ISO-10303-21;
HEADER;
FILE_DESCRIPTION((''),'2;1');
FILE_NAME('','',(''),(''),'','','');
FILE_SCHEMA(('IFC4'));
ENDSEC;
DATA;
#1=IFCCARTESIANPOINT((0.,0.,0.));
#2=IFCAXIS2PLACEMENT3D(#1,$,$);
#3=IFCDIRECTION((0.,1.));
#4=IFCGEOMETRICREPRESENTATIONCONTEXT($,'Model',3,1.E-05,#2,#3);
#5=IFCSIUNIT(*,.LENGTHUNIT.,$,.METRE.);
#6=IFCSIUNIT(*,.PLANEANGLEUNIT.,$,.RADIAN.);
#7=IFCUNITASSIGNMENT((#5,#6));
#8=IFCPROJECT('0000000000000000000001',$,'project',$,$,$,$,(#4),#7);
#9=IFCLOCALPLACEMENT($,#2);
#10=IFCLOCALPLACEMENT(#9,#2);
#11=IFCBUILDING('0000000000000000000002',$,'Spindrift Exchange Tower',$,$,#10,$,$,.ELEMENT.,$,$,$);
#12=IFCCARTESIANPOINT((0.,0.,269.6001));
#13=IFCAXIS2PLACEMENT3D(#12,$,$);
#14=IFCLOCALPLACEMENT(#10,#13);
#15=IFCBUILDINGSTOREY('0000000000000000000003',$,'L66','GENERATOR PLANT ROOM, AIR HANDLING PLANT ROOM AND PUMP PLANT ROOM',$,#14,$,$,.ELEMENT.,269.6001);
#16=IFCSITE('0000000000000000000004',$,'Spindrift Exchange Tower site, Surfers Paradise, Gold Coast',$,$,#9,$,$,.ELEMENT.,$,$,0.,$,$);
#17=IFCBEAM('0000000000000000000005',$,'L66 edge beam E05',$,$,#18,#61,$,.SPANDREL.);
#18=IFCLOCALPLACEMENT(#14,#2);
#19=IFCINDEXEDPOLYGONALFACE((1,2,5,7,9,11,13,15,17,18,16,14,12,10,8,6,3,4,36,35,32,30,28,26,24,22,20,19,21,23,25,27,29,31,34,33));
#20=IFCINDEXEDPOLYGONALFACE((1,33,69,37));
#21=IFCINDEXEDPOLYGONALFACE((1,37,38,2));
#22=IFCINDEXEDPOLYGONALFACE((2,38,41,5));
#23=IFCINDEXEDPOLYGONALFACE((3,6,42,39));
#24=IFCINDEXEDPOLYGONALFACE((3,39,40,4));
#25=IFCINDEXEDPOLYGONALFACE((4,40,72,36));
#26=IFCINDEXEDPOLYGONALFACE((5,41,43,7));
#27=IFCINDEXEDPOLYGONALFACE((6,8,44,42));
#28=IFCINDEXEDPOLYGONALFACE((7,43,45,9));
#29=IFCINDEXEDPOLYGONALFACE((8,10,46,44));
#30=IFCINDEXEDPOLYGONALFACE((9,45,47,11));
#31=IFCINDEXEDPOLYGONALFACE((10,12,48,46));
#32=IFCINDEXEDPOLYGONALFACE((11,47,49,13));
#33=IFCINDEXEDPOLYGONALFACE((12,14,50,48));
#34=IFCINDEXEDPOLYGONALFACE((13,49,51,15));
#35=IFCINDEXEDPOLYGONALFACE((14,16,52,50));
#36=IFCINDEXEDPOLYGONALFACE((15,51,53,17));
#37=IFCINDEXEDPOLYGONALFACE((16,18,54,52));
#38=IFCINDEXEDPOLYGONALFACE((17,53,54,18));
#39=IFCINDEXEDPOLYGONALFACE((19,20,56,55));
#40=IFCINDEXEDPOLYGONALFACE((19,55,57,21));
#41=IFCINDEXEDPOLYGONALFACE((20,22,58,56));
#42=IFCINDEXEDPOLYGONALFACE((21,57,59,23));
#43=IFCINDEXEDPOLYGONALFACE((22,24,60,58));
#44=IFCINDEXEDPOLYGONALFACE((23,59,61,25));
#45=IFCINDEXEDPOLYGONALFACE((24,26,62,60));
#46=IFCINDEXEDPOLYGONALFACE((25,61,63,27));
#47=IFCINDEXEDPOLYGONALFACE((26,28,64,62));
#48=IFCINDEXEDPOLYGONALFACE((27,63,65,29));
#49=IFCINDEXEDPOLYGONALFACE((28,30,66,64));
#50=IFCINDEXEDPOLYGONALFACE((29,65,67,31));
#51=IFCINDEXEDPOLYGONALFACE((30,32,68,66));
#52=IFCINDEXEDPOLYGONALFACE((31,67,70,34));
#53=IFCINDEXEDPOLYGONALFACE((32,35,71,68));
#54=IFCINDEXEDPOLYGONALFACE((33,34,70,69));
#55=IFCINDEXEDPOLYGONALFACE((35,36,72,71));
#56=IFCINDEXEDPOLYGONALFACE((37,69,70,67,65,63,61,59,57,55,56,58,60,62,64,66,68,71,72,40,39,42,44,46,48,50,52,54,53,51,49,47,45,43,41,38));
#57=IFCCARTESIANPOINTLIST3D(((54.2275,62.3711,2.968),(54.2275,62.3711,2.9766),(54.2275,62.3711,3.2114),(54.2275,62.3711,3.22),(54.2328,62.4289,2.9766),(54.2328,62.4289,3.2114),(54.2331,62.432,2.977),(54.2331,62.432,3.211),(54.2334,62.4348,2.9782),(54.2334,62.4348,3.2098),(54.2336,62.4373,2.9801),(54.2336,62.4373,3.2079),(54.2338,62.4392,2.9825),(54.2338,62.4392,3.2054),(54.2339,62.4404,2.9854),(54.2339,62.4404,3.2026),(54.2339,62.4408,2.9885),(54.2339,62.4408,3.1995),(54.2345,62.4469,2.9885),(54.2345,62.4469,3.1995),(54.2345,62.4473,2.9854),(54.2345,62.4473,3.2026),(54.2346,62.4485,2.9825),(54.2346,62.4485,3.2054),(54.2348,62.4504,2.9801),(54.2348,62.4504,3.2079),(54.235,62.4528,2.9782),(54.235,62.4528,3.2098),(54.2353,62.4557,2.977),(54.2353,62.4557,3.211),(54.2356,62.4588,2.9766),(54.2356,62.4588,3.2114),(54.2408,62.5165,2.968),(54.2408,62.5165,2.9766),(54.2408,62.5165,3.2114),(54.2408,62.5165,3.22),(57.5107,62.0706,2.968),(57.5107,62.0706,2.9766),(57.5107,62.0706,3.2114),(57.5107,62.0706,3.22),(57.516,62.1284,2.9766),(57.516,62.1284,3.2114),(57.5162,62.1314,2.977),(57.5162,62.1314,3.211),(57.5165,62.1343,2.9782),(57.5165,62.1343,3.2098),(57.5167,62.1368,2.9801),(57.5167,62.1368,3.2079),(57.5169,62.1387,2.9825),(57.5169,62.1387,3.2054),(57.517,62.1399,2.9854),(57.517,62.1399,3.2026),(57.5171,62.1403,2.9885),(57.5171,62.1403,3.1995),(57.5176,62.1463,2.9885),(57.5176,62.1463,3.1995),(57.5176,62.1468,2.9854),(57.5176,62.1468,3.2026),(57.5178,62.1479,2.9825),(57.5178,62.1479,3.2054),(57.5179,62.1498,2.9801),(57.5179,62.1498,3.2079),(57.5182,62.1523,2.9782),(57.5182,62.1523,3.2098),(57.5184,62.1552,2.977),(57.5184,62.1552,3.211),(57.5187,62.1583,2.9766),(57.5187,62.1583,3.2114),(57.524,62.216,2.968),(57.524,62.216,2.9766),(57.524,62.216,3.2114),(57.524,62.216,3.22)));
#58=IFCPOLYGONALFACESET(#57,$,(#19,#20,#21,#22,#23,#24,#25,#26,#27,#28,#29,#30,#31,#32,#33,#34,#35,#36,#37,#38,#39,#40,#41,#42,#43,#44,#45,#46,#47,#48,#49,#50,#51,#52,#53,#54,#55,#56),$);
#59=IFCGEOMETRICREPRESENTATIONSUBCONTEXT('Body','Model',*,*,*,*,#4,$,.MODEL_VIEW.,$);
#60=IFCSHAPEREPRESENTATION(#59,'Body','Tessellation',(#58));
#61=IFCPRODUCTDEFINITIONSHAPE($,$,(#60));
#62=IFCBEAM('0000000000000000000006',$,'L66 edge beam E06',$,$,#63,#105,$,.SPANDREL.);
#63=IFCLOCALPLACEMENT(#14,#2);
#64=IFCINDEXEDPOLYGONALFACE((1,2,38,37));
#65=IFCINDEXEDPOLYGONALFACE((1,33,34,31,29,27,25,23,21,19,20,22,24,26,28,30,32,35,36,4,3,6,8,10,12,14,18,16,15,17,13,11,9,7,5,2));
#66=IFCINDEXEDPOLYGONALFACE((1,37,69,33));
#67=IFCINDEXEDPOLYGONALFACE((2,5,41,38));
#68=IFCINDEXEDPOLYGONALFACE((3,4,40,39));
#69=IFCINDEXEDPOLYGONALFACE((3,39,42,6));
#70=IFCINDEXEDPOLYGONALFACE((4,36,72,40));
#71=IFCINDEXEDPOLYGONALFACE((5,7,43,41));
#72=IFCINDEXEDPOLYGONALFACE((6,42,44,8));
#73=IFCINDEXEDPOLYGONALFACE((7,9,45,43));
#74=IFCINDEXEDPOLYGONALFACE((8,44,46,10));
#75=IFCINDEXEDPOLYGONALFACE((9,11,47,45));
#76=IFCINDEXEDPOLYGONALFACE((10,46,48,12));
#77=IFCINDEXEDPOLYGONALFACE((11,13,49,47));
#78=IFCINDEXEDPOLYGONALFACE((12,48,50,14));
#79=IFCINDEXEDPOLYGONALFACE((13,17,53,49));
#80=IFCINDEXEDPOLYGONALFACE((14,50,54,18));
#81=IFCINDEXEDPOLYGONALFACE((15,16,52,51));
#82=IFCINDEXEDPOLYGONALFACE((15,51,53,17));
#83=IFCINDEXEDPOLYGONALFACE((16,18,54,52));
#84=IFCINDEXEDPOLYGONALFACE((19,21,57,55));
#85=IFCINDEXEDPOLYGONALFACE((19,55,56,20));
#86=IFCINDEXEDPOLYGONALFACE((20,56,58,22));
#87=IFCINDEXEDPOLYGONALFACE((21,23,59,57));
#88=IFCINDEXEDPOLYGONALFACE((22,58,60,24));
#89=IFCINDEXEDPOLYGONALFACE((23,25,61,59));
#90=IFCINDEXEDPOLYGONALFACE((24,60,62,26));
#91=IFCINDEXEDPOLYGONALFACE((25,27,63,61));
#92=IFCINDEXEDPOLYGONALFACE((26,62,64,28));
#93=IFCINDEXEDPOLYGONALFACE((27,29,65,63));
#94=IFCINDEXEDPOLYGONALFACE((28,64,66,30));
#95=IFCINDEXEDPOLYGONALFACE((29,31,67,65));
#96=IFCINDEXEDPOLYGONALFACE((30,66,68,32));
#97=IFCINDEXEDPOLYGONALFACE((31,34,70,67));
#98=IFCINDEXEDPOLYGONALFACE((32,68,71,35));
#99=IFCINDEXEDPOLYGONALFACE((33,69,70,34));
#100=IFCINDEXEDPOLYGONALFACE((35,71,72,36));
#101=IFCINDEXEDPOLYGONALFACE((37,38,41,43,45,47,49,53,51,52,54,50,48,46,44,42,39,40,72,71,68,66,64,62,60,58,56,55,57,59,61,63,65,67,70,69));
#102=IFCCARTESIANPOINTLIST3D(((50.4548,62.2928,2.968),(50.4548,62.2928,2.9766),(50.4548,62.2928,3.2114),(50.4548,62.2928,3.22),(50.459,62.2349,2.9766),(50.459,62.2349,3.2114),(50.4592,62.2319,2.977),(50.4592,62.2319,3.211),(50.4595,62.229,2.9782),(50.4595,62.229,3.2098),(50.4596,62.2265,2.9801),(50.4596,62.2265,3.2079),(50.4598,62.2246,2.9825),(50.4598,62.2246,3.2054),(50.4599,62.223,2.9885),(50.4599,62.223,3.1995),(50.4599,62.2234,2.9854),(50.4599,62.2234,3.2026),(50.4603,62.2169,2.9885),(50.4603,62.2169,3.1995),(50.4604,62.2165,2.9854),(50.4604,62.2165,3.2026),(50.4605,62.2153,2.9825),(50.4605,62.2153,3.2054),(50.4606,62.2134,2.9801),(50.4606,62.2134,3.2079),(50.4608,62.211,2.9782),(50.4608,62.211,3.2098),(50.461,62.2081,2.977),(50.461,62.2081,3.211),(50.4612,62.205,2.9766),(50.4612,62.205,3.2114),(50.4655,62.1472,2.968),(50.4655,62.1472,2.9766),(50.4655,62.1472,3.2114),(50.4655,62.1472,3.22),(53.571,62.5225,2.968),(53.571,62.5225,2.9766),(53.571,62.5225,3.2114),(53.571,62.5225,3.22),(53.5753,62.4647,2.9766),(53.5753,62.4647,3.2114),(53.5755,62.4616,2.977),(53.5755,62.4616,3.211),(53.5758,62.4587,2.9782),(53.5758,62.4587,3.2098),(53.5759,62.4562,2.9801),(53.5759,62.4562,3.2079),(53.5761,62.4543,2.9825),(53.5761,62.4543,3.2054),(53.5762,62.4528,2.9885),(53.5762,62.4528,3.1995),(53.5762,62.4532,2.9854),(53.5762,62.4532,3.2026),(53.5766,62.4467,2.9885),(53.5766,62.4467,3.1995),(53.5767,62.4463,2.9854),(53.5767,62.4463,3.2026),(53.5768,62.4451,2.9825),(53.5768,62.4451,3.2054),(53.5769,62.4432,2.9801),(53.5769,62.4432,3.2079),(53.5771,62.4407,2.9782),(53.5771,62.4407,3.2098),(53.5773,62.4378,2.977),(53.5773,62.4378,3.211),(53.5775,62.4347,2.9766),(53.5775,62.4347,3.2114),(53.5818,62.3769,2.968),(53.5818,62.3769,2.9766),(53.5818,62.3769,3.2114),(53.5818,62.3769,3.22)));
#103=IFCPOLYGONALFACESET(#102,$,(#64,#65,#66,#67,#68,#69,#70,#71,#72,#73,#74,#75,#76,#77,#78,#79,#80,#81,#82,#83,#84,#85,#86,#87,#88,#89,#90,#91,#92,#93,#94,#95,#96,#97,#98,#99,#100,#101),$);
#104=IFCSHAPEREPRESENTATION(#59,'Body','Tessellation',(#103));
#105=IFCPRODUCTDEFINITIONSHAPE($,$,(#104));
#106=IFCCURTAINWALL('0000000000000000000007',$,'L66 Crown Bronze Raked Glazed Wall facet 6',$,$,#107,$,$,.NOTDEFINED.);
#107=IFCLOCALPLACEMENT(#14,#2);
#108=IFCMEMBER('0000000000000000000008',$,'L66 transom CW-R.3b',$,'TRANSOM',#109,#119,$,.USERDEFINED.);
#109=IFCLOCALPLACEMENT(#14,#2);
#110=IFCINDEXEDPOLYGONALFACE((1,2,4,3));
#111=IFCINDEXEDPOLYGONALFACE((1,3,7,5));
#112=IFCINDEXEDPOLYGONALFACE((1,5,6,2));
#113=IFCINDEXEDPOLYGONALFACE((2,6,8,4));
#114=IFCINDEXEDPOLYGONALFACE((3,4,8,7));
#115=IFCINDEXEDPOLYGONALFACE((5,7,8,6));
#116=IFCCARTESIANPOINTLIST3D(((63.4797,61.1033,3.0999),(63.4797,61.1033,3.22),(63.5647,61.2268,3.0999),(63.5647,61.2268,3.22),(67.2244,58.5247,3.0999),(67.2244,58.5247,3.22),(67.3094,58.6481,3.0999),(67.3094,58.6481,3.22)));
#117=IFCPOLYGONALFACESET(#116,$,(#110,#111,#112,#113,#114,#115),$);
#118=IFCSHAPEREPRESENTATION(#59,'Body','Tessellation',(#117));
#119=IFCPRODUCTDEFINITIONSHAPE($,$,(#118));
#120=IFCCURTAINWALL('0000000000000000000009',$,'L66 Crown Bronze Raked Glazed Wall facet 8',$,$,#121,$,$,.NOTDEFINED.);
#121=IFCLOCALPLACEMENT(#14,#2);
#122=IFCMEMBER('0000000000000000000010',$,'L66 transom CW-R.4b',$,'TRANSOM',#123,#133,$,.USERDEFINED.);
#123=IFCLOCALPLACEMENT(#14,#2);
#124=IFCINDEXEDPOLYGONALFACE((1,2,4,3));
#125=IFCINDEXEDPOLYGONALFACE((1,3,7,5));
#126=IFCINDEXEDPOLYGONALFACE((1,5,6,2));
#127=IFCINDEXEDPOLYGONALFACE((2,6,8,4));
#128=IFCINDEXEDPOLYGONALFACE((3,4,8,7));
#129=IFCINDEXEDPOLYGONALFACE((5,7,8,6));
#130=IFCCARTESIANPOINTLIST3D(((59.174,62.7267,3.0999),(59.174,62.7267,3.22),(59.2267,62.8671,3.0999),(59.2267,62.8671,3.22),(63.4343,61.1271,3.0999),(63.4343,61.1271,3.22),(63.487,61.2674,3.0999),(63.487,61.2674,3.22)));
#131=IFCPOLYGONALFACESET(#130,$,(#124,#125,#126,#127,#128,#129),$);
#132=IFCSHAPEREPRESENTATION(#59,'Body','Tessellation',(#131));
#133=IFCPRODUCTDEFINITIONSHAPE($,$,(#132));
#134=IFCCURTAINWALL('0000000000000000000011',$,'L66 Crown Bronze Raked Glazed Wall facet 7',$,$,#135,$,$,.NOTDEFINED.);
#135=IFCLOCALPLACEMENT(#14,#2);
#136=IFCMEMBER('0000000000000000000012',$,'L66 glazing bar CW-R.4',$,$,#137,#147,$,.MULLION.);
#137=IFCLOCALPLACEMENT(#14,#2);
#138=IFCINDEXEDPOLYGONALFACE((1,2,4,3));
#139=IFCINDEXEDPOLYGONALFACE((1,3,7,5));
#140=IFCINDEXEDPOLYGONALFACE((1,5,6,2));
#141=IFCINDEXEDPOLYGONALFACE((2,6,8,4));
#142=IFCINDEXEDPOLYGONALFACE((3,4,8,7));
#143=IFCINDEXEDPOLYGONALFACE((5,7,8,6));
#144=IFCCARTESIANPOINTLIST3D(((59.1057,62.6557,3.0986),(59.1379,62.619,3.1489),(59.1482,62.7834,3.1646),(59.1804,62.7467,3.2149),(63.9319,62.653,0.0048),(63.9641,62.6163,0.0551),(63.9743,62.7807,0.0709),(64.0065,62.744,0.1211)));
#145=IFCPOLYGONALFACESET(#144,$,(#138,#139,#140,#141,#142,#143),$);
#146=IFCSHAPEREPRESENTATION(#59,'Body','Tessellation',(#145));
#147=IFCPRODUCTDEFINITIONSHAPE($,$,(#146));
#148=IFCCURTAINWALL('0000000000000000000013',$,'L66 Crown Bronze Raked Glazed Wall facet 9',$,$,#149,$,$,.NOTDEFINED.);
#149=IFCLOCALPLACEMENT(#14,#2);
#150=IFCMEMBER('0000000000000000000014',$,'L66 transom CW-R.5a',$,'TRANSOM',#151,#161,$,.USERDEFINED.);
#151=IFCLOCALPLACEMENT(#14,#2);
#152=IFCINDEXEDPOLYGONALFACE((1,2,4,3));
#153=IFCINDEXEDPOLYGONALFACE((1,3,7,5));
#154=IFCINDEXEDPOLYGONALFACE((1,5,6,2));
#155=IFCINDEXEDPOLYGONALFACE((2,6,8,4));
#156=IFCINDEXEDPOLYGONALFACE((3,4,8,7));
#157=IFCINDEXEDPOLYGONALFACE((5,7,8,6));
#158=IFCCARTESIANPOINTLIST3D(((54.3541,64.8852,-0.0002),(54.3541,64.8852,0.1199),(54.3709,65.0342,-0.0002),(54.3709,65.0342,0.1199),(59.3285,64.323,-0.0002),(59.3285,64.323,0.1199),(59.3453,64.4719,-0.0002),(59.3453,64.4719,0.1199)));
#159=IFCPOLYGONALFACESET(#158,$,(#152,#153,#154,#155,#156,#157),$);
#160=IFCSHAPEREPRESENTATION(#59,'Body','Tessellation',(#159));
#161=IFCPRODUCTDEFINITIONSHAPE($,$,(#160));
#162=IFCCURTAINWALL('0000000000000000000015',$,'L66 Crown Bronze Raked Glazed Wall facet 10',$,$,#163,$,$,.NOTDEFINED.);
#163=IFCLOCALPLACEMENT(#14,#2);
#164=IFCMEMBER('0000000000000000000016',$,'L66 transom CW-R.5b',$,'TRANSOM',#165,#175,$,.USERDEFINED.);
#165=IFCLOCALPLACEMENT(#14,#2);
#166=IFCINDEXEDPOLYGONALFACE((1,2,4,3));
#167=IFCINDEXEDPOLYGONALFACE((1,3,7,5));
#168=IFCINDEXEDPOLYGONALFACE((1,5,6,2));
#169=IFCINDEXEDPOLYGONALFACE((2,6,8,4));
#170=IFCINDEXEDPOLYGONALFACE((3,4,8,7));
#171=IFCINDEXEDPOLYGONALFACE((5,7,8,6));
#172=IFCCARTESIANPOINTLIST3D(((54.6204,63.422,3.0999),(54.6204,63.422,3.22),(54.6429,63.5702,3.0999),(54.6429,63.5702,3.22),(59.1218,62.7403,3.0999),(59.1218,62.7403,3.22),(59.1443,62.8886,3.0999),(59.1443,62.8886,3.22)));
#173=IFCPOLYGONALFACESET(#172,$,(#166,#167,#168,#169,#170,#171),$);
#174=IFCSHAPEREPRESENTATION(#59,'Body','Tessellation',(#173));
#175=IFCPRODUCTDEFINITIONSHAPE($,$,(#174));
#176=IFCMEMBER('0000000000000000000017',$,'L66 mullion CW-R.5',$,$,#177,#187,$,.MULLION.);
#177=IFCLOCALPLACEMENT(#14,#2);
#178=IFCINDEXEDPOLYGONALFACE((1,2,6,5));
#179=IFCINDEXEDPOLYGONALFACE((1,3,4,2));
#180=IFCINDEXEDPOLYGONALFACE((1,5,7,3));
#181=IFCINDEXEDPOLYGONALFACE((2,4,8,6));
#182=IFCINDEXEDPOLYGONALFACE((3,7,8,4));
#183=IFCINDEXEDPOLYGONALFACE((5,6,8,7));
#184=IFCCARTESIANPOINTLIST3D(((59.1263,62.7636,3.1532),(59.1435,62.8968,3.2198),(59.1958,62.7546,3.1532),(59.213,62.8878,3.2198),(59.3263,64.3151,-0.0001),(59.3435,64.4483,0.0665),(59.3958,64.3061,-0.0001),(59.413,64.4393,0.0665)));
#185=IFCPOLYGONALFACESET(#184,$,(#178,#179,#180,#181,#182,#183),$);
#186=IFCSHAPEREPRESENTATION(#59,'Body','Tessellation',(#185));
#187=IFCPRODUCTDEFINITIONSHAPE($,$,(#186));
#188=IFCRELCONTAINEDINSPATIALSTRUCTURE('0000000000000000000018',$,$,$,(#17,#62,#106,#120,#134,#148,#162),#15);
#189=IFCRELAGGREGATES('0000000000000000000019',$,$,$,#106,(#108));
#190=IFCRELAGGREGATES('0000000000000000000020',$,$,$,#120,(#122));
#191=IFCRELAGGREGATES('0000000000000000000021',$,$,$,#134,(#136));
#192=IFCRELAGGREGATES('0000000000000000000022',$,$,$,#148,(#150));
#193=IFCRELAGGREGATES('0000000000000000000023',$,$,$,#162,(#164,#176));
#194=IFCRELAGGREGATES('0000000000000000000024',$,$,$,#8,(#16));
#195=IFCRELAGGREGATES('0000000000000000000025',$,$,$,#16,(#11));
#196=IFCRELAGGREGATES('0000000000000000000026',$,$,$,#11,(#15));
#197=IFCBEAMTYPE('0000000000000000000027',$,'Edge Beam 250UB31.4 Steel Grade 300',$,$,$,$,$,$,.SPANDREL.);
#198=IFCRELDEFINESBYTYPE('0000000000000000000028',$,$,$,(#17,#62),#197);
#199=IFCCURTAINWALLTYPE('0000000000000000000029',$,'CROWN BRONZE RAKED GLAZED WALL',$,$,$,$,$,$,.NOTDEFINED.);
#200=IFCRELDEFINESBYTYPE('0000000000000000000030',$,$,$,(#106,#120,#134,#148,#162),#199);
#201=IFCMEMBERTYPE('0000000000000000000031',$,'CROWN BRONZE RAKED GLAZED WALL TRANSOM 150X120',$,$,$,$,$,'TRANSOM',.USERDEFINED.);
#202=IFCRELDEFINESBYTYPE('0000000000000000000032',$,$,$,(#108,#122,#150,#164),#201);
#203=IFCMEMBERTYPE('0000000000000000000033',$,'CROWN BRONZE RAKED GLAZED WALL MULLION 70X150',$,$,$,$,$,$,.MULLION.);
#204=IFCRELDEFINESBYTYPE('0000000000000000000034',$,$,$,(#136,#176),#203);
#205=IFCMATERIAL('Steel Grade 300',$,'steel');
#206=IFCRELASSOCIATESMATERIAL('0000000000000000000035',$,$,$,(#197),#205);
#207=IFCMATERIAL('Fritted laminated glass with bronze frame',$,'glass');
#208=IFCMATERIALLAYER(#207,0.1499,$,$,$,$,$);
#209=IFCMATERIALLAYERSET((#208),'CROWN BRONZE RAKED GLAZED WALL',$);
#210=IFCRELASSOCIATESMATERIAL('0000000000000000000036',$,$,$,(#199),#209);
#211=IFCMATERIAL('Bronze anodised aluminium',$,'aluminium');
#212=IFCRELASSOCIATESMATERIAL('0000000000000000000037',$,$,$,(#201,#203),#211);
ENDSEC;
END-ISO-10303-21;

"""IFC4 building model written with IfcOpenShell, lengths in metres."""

from ifc_helpers import new_model, si_unit, direction, frame, origin, origin_2d, place, context, subcontext, project, spatial, rectangle, i_section, extrude, source, transform, mapped, material, layer, layer_set, material_profile, profile_set, type_object, element, aggregate, save


model = new_model("IFC4")

# Units and contexts
model_context = context("Model", 3, precision=1e-05, world=origin(), true_north=direction((0.0, 1.0)))
body_context = subcontext(model_context, "Body", "Model", "MODEL_VIEW")
ifc_project = project(units=[si_unit("LENGTHUNIT", "METRE"), si_unit("PLANEANGLEUNIT", "RADIAN")], contexts=[model_context])

# Site, building, storey
site_placement = place(None, origin())
site = spatial("IfcSite", under=ifc_project, at=site_placement, Name="Spindrift Exchange Tower site, Surfers Paradise, Gold Coast", CompositionType="ELEMENT", RefElevation=0.0)
building_placement = place(site_placement, origin())
building = spatial("IfcBuilding", under=site, at=building_placement, Name="Spindrift Exchange Tower", CompositionType="ELEMENT")
storey_placement = place(building_placement, frame((0.0, 0.0, 269.6001)))
storey = spatial("IfcBuildingStorey", under=building, at=storey_placement, Name="L66", Description="GENERATOR PLANT ROOM, AIR HANDLING PLANT ROOM AND PUMP PLANT ROOM", CompositionType="ELEMENT", Elevation=269.6001)

# Beams
ifc_material_1 = material(Name="Steel Grade 300", Category="steel")
ifc_material_profile_1 = material_profile(ifc_material_1, i_section(OverallWidth=0.146, OverallDepth=0.252, WebThickness=0.0061, FlangeThickness=0.0085, FilletRadius=0.012, at=origin_2d()), Name="250UB31.4")
ifc_profile_set_1 = profile_set([ifc_material_profile_1], Name="Steel Grade 300")
beam_type = type_object("IfcBeamType", Name="Edge Beam 250UB31.4 Steel Grade 300", PredefinedType="SPANDREL", material=ifc_profile_set_1)
shared_shape_1 = source(origin(), body_context, "Body", "SweptSolid", [
    extrude(i_section(OverallWidth=0.146, OverallDepth=0.252, WebThickness=0.0061, FlangeThickness=0.0085, FilletRadius=0.012, at=origin_2d()), origin(), (0.0, 0.0, 1.0), 3.2969),
])
beam_1_placement = place(storey_placement, frame((57.5173, 62.1433, 3.094), z_axis=(-0.995837, 0.091157, 0.0), x_axis=(-0.091157, -0.995837, 0.0)))
element("IfcBeam", 1, at=beam_1_placement, inside=storey, type_object=beam_type, Name="L66 edge beam E05", PredefinedType="SPANDREL", context=body_context, shape_type="MappedRepresentation", body=[
    mapped(shared_shape_1, transform((0.0, 0.0, 0.0), scale=1.0)),
])
shared_shape_2 = source(origin(), body_context, "Body", "SweptSolid", [
    extrude(i_section(OverallWidth=0.146, OverallDepth=0.252, WebThickness=0.0061, FlangeThickness=0.0085, FilletRadius=0.012, at=origin_2d()), origin(), (0.0, 0.0, 1.0), 3.1248),
])
beam_2_placement = place(storey_placement, frame((53.5764, 62.4497, 3.094), z_axis=(-0.997293, -0.073523, 0.0), x_axis=(0.073523, -0.997293, 0.0)))
element("IfcBeam", 2, at=beam_2_placement, inside=storey, type_object=beam_type, Name="L66 edge beam E06", PredefinedType="SPANDREL", context=body_context, shape_type="MappedRepresentation", body=[
    mapped(shared_shape_2, transform((0.0, 0.0, 0.0), scale=1.0)),
])

# Curtain walls, members
ifc_material_2 = material(Name="Fritted laminated glass with bronze frame", Category="glass")
ifc_layer_1 = layer(ifc_material_2, 0.1499)
ifc_layer_set_1 = layer_set([ifc_layer_1], Name="CROWN BRONZE RAKED GLAZED WALL")
curtain_wall_type = type_object("IfcCurtainWallType", Name="CROWN BRONZE RAKED GLAZED WALL", PredefinedType="NOTDEFINED", material=ifc_layer_set_1)
curtain_wall_1_placement = place(storey_placement, origin())
curtain_wall_1 = element("IfcCurtainWall", 3, at=curtain_wall_1_placement, inside=storey, type_object=curtain_wall_type, Name="L66 Crown Bronze Raked Glazed Wall facet 6", PredefinedType="NOTDEFINED")
ifc_material_3 = material(Name="Bronze anodised aluminium", Category="aluminium")
ifc_material_profile_2 = material_profile(ifc_material_3, rectangle(XDim=0.1499, YDim=0.1201, at=origin_2d()), Name="CROWN BRONZE RAKED GLAZED WALL TRANSOM 150X120")
ifc_profile_set_2 = profile_set([ifc_material_profile_2], Name="Bronze anodised aluminium")
member_type_1 = type_object("IfcMemberType", Name="CROWN BRONZE RAKED GLAZED WALL TRANSOM 150X120", ElementType="TRANSOM", PredefinedType="USERDEFINED", material=ifc_profile_set_2)
shared_shape_3 = source(origin(), body_context, "Body", "SweptSolid", [
    extrude(rectangle(XDim=0.1499, YDim=0.1201, at=origin_2d()), origin(), (0.0, 0.0, 1.0), 4.5466),
])
member_1_placement = place(storey_placement, frame((63.5222, 61.165, 3.1599), z_axis=(0.823612, -0.567153, 0.0), x_axis=(0.567153, 0.823612, 0.0)))
member_1 = element("IfcMember", 4, at=member_1_placement, type_object=member_type_1, Name="L66 transom CW-R.3b", ObjectType="TRANSOM", PredefinedType="USERDEFINED", context=body_context, shape_type="MappedRepresentation", body=[
    mapped(shared_shape_3, transform((0.0, 0.0, 0.0), scale=1.0)),
])
aggregate(curtain_wall_1, [member_1])
curtain_wall_2_placement = place(storey_placement, origin())
curtain_wall_2 = element("IfcCurtainWall", 5, at=curtain_wall_2_placement, inside=storey, type_object=curtain_wall_type, Name="L66 Crown Bronze Raked Glazed Wall facet 8", PredefinedType="NOTDEFINED")
shared_shape_4 = source(origin(), body_context, "Body", "SweptSolid", [
    extrude(rectangle(XDim=0.1499, YDim=0.1201, at=origin_2d()), origin(), (0.0, 0.0, 1.0), 4.5508),
])
member_2_placement = place(storey_placement, frame((63.4607, 61.1973, 3.1599), z_axis=(-0.936184, 0.351511, 0.0), x_axis=(-0.351511, -0.936184, 0.0)))
member_2 = element("IfcMember", 6, at=member_2_placement, type_object=member_type_1, Name="L66 transom CW-R.4b", ObjectType="TRANSOM", PredefinedType="USERDEFINED", context=body_context, shape_type="MappedRepresentation", body=[
    mapped(shared_shape_4, transform((0.0, 0.0, 0.0), scale=1.0)),
])
aggregate(curtain_wall_2, [member_2])
curtain_wall_3_placement = place(storey_placement, origin())
curtain_wall_3 = element("IfcCurtainWall", 7, at=curtain_wall_3_placement, inside=storey, type_object=curtain_wall_type, Name="L66 Crown Bronze Raked Glazed Wall facet 7", PredefinedType="NOTDEFINED")
ifc_material_profile_3 = material_profile(ifc_material_3, rectangle(XDim=0.0701, YDim=0.1499, at=origin_2d()), Name="CROWN BRONZE RAKED GLAZED WALL MULLION 70X150")
ifc_profile_set_3 = profile_set([ifc_material_profile_3], Name="Bronze anodised aluminium")
member_type_2 = type_object("IfcMemberType", Name="CROWN BRONZE RAKED GLAZED WALL MULLION 70X150", PredefinedType="MULLION", material=ifc_profile_set_3)
shared_shape_5 = source(origin(), body_context, "Body", "SweptSolid", [
    extrude(rectangle(XDim=0.0701, YDim=0.1499, at=origin_2d()), origin(), (0.0, 0.0, 1.0), 5.7327),
])
member_3_placement = place(storey_placement, frame((63.9692, 62.6985, 0.063), z_axis=(-0.841875, 0.000468, 0.539672), x_axis=(0.459574, -0.523604, 0.717378)))
member_3 = element("IfcMember", 8, at=member_3_placement, type_object=member_type_2, Name="L66 glazing bar CW-R.4", PredefinedType="MULLION", context=body_context, shape_type="MappedRepresentation", body=[
    mapped(shared_shape_5, transform((0.0, 0.0, 0.0), scale=1.0)),
])
aggregate(curtain_wall_3, [member_3])
curtain_wall_4_placement = place(storey_placement, origin())
curtain_wall_4 = element("IfcCurtainWall", 9, at=curtain_wall_4_placement, inside=storey, type_object=curtain_wall_type, Name="L66 Crown Bronze Raked Glazed Wall facet 9", PredefinedType="NOTDEFINED")
shared_shape_6 = source(origin(), body_context, "Body", "SweptSolid", [
    extrude(rectangle(XDim=0.1499, YDim=0.1201, at=origin_2d()), origin(), (0.0, 0.0, 1.0), 5.0061),
])
member_4_placement = place(storey_placement, frame((59.3369, 64.3975, 0.0598), z_axis=(-0.993673, 0.112315, 0.0), x_axis=(-0.112315, -0.993673, 0.0)))
member_4 = element("IfcMember", 10, at=member_4_placement, type_object=member_type_1, Name="L66 transom CW-R.5a", ObjectType="TRANSOM", PredefinedType="USERDEFINED", context=body_context, shape_type="MappedRepresentation", body=[
    mapped(shared_shape_6, transform((0.0, 0.0, 0.0), scale=1.0)),
])

# Curtain wall, members
curtain_wall_5_placement = place(storey_placement, origin())
curtain_wall_5 = element("IfcCurtainWall", 11, at=curtain_wall_5_placement, inside=storey, type_object=curtain_wall_type, Name="L66 Crown Bronze Raked Glazed Wall facet 10", PredefinedType="NOTDEFINED")
shared_shape_7 = source(origin(), body_context, "Body", "SweptSolid", [
    extrude(rectangle(XDim=0.1499, YDim=0.1201, at=origin_2d()), origin(), (0.0, 0.0, 1.0), 4.5527),
])
member_5_placement = place(storey_placement, frame((59.1331, 62.8145, 3.1599), z_axis=(-0.988728, 0.14972, 0.0), x_axis=(-0.14972, -0.988728, 0.0)))
member_5 = element("IfcMember", 12, at=member_5_placement, type_object=member_type_1, Name="L66 transom CW-R.5b", ObjectType="TRANSOM", PredefinedType="USERDEFINED", context=body_context, shape_type="MappedRepresentation", body=[
    mapped(shared_shape_7, transform((0.0, 0.0, 0.0), scale=1.0)),
])
shared_shape_8 = source(origin(), body_context, "Body", "SweptSolid", [
    extrude(rectangle(XDim=0.0701, YDim=0.1499, at=origin_2d()), origin(), (0.0, 0.0, 1.0), 3.52),
])
member_6_placement = place(storey_placement, frame((59.3696, 64.3772, 0.0332), z_axis=(-0.056804, -0.440767, 0.895822), x_axis=(0.991798, -0.127818, 0.0)))
member_6 = element("IfcMember", 13, at=member_6_placement, type_object=member_type_2, Name="L66 mullion CW-R.5", PredefinedType="MULLION", context=body_context, shape_type="MappedRepresentation", body=[
    mapped(shared_shape_8, transform((0.0, 0.0, 0.0), scale=1.0)),
])

aggregate(curtain_wall_4, [member_4])
aggregate(curtain_wall_5, [member_5, member_6])

save(model, "model.ifc")
